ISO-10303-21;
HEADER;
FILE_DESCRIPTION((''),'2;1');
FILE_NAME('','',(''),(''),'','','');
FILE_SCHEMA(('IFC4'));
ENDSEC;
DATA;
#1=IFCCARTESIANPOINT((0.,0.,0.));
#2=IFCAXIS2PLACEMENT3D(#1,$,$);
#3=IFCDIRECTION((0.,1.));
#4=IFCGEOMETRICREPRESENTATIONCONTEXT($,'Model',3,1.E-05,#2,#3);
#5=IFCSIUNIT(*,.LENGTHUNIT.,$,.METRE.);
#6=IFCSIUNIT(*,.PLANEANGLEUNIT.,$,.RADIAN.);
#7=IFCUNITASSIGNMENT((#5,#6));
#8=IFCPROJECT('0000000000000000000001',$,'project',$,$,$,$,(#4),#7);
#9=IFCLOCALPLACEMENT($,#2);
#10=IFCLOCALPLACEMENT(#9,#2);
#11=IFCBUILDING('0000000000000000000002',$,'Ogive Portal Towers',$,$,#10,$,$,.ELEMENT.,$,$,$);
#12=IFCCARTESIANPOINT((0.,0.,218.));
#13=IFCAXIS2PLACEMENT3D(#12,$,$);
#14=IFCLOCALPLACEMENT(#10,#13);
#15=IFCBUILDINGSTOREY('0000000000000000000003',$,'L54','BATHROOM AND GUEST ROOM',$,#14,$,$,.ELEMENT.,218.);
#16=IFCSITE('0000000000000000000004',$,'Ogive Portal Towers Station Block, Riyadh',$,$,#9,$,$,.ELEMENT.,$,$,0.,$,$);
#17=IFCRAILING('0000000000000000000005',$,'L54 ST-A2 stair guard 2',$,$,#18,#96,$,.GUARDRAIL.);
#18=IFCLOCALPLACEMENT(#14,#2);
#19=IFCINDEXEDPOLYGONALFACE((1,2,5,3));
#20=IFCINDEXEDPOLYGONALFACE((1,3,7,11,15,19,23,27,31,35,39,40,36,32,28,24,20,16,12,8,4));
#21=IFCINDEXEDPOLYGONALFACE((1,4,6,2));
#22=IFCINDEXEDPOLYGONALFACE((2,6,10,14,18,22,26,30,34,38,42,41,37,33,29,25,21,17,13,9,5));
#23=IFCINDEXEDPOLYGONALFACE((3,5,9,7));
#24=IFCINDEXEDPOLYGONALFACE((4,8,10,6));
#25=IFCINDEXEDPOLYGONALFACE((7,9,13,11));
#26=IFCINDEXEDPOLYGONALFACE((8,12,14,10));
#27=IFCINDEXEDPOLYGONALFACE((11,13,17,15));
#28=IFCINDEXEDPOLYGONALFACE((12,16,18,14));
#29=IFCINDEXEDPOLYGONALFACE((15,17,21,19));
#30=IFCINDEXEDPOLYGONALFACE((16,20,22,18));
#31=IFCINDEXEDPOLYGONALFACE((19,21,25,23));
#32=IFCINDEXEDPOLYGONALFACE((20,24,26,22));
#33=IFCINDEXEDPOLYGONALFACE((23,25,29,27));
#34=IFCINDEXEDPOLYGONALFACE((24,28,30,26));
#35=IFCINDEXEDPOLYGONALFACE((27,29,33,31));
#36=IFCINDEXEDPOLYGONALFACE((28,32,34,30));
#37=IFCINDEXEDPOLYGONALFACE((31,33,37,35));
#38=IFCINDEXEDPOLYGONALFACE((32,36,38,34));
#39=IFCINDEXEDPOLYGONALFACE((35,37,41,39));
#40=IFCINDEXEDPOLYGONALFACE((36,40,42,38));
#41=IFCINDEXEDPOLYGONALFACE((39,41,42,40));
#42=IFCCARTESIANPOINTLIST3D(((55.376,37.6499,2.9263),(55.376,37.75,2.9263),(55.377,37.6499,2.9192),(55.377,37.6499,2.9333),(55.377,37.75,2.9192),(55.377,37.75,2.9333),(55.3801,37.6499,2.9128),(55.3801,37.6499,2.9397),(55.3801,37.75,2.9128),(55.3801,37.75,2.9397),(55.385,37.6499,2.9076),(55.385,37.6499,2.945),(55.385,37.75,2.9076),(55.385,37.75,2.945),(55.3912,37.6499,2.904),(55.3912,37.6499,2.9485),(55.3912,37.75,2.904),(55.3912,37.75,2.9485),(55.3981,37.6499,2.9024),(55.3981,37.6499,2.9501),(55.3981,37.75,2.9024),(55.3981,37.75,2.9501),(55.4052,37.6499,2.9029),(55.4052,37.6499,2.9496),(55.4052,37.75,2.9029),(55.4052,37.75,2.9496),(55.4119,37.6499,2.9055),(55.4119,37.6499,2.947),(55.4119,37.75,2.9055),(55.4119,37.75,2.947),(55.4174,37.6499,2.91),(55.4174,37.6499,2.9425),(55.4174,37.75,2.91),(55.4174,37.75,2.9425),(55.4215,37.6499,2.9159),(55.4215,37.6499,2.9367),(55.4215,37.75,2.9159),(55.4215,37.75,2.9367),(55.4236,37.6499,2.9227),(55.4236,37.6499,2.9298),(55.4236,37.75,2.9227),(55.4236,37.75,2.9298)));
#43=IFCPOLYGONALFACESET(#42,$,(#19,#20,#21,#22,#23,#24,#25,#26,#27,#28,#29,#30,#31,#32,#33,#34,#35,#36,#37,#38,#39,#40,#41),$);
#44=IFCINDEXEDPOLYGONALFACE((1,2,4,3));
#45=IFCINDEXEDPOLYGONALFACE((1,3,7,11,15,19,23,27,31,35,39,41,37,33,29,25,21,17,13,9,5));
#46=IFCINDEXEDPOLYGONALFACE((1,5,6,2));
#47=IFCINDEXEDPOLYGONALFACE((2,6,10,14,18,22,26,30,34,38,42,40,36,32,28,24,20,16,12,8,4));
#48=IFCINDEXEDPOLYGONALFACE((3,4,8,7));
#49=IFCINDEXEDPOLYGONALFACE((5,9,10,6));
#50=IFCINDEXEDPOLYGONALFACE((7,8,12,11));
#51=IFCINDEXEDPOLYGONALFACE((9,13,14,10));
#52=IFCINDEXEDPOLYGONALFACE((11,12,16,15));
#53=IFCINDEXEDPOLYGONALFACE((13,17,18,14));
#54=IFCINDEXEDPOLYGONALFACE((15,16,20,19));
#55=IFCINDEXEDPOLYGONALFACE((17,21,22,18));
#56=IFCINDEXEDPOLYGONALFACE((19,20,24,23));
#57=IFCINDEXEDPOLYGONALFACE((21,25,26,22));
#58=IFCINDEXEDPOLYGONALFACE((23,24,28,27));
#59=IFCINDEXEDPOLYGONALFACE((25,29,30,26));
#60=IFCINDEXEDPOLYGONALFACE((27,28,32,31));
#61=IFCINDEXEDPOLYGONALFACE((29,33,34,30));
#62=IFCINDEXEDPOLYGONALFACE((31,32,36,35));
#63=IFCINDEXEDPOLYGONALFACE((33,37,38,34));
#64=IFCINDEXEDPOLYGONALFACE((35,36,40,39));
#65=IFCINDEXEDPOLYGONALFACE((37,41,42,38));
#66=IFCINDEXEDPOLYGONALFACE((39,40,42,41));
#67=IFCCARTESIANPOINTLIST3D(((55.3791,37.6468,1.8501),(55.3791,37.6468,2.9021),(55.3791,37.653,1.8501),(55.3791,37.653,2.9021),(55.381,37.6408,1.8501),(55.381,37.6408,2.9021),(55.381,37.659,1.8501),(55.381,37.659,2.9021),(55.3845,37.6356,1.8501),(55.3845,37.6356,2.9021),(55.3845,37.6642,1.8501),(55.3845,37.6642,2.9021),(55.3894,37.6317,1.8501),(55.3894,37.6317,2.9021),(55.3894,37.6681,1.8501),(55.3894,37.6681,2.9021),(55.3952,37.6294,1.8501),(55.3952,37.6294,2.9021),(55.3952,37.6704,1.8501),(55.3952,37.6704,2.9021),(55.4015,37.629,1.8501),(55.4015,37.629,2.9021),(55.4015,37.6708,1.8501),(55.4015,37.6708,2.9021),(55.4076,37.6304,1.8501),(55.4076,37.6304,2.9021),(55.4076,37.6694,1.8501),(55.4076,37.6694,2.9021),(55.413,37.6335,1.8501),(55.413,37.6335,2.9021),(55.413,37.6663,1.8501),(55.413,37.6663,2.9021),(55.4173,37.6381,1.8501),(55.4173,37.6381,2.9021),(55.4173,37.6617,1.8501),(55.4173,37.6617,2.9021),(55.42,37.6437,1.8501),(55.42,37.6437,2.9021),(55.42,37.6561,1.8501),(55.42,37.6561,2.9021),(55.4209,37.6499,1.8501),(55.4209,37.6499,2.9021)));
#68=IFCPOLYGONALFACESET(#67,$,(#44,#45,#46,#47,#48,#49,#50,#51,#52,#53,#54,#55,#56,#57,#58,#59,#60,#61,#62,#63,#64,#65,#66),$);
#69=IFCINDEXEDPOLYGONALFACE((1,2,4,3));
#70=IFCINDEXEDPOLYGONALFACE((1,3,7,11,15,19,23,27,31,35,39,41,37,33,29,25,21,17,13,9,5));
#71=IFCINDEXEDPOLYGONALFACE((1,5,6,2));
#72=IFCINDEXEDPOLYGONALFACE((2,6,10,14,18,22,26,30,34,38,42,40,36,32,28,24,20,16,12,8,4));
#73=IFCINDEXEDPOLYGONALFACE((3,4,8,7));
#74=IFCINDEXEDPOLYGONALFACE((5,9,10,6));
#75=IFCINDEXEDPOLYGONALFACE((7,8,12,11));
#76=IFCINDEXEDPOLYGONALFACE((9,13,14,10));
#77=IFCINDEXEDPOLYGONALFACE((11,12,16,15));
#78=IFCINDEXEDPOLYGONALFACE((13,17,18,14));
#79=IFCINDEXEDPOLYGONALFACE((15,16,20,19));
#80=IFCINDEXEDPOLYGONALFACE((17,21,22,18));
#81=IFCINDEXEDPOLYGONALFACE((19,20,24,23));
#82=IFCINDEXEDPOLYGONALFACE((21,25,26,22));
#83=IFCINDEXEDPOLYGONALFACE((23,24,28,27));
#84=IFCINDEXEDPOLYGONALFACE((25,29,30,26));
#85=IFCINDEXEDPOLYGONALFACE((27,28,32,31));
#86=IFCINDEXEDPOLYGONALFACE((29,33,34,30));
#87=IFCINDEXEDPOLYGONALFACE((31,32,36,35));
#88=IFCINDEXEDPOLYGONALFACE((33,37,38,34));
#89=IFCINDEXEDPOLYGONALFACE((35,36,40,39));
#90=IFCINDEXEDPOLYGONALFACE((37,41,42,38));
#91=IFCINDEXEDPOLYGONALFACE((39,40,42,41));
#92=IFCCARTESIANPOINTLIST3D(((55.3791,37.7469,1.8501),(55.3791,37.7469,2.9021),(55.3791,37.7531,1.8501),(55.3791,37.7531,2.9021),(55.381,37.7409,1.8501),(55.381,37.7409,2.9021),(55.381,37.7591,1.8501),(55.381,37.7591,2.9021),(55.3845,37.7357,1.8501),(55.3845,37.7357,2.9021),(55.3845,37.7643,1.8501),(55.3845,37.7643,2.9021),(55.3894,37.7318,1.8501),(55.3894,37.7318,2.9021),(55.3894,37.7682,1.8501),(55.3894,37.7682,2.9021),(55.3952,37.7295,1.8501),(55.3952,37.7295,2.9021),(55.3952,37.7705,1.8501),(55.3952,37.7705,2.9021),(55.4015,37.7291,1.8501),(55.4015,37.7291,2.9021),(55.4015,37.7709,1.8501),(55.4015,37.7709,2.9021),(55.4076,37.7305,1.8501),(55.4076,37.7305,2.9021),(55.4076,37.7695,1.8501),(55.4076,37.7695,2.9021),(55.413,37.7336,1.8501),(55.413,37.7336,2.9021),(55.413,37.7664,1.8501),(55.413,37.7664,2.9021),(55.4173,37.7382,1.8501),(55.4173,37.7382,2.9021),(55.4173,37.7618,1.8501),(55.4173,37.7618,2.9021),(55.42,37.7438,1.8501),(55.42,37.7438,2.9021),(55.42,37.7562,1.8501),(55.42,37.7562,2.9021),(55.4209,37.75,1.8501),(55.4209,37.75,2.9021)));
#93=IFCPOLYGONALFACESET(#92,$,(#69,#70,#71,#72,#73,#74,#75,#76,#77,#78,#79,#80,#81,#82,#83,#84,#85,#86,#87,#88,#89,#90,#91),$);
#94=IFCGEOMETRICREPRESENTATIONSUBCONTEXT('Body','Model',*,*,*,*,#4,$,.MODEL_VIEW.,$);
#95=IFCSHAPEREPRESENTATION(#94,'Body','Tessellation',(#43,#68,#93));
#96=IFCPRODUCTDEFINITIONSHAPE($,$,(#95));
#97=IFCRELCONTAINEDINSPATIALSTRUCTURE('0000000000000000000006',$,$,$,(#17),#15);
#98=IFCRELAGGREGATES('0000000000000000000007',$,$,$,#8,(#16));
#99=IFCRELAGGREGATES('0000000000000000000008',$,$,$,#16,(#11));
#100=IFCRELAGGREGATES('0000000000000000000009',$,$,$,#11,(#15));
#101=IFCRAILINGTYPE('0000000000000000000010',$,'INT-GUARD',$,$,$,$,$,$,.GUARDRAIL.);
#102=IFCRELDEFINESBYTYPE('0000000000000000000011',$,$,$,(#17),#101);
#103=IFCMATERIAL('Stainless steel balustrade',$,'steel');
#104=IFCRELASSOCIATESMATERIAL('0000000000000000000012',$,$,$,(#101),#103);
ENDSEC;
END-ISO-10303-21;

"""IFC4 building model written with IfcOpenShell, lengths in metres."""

from ifc_helpers import new_model, si_unit, direction, frame, origin, origin_2d, place, context, subcontext, project, spatial, circle, extrude, material, type_object, element, save


model = new_model("IFC4")

# Units and contexts
model_context = context("Model", 3, precision=1e-05, world=origin(), true_north=direction((0.0, 1.0)))
body_context = subcontext(model_context, "Body", "Model", "MODEL_VIEW")
ifc_project = project(units=[si_unit("LENGTHUNIT", "METRE"), si_unit("PLANEANGLEUNIT", "RADIAN")], contexts=[model_context])

# Site, building, storey
site_placement = place(None, origin())
site = spatial("IfcSite", under=ifc_project, at=site_placement, Name="Ogive Portal Towers Station Block, Riyadh", CompositionType="ELEMENT", RefElevation=0.0)
building_placement = place(site_placement, origin())
building = spatial("IfcBuilding", under=site, at=building_placement, Name="Ogive Portal Towers", CompositionType="ELEMENT")
storey_placement = place(building_placement, frame((0.0, 0.0, 218.0)))
storey = spatial("IfcBuildingStorey", under=building, at=storey_placement, Name="L54", Description="BATHROOM AND GUEST ROOM", CompositionType="ELEMENT", Elevation=218.0)

# Railing
ifc_material_1 = material(Name="Stainless steel balustrade", Category="steel")
railing_type_1 = type_object("IfcRailingType", Name="INT-GUARD", PredefinedType="GUARDRAIL", material=ifc_material_1)
railing_1_placement = place(storey_placement, frame((55.3999, 37.6499, 1.8501)))
element("IfcRailing", 1, at=railing_1_placement, inside=storey, type_object=railing_type_1, Name="L54 ST-A2 stair guard 2", PredefinedType="GUARDRAIL", context=body_context, shape_type="SweptSolid", body=[
    extrude(circle(Radius=0.0239, at=origin_2d()), frame((0.0, 0.0, 1.0762), z_axis=(0.0, 1.0, 0.0), x_axis=(-1.0, 0.0, 0.0)), (0.0, 0.0, 1.0), 0.1001),
    extrude(circle(Radius=0.021, at=origin_2d()), origin(), (0.0, 0.0, 1.0), 1.052),
    extrude(circle(Radius=0.021, at=origin_2d()), frame((0.0, 0.1001, 0.0)), (0.0, 0.0, 1.0), 1.052),
])

save(model, "model.ifc")
